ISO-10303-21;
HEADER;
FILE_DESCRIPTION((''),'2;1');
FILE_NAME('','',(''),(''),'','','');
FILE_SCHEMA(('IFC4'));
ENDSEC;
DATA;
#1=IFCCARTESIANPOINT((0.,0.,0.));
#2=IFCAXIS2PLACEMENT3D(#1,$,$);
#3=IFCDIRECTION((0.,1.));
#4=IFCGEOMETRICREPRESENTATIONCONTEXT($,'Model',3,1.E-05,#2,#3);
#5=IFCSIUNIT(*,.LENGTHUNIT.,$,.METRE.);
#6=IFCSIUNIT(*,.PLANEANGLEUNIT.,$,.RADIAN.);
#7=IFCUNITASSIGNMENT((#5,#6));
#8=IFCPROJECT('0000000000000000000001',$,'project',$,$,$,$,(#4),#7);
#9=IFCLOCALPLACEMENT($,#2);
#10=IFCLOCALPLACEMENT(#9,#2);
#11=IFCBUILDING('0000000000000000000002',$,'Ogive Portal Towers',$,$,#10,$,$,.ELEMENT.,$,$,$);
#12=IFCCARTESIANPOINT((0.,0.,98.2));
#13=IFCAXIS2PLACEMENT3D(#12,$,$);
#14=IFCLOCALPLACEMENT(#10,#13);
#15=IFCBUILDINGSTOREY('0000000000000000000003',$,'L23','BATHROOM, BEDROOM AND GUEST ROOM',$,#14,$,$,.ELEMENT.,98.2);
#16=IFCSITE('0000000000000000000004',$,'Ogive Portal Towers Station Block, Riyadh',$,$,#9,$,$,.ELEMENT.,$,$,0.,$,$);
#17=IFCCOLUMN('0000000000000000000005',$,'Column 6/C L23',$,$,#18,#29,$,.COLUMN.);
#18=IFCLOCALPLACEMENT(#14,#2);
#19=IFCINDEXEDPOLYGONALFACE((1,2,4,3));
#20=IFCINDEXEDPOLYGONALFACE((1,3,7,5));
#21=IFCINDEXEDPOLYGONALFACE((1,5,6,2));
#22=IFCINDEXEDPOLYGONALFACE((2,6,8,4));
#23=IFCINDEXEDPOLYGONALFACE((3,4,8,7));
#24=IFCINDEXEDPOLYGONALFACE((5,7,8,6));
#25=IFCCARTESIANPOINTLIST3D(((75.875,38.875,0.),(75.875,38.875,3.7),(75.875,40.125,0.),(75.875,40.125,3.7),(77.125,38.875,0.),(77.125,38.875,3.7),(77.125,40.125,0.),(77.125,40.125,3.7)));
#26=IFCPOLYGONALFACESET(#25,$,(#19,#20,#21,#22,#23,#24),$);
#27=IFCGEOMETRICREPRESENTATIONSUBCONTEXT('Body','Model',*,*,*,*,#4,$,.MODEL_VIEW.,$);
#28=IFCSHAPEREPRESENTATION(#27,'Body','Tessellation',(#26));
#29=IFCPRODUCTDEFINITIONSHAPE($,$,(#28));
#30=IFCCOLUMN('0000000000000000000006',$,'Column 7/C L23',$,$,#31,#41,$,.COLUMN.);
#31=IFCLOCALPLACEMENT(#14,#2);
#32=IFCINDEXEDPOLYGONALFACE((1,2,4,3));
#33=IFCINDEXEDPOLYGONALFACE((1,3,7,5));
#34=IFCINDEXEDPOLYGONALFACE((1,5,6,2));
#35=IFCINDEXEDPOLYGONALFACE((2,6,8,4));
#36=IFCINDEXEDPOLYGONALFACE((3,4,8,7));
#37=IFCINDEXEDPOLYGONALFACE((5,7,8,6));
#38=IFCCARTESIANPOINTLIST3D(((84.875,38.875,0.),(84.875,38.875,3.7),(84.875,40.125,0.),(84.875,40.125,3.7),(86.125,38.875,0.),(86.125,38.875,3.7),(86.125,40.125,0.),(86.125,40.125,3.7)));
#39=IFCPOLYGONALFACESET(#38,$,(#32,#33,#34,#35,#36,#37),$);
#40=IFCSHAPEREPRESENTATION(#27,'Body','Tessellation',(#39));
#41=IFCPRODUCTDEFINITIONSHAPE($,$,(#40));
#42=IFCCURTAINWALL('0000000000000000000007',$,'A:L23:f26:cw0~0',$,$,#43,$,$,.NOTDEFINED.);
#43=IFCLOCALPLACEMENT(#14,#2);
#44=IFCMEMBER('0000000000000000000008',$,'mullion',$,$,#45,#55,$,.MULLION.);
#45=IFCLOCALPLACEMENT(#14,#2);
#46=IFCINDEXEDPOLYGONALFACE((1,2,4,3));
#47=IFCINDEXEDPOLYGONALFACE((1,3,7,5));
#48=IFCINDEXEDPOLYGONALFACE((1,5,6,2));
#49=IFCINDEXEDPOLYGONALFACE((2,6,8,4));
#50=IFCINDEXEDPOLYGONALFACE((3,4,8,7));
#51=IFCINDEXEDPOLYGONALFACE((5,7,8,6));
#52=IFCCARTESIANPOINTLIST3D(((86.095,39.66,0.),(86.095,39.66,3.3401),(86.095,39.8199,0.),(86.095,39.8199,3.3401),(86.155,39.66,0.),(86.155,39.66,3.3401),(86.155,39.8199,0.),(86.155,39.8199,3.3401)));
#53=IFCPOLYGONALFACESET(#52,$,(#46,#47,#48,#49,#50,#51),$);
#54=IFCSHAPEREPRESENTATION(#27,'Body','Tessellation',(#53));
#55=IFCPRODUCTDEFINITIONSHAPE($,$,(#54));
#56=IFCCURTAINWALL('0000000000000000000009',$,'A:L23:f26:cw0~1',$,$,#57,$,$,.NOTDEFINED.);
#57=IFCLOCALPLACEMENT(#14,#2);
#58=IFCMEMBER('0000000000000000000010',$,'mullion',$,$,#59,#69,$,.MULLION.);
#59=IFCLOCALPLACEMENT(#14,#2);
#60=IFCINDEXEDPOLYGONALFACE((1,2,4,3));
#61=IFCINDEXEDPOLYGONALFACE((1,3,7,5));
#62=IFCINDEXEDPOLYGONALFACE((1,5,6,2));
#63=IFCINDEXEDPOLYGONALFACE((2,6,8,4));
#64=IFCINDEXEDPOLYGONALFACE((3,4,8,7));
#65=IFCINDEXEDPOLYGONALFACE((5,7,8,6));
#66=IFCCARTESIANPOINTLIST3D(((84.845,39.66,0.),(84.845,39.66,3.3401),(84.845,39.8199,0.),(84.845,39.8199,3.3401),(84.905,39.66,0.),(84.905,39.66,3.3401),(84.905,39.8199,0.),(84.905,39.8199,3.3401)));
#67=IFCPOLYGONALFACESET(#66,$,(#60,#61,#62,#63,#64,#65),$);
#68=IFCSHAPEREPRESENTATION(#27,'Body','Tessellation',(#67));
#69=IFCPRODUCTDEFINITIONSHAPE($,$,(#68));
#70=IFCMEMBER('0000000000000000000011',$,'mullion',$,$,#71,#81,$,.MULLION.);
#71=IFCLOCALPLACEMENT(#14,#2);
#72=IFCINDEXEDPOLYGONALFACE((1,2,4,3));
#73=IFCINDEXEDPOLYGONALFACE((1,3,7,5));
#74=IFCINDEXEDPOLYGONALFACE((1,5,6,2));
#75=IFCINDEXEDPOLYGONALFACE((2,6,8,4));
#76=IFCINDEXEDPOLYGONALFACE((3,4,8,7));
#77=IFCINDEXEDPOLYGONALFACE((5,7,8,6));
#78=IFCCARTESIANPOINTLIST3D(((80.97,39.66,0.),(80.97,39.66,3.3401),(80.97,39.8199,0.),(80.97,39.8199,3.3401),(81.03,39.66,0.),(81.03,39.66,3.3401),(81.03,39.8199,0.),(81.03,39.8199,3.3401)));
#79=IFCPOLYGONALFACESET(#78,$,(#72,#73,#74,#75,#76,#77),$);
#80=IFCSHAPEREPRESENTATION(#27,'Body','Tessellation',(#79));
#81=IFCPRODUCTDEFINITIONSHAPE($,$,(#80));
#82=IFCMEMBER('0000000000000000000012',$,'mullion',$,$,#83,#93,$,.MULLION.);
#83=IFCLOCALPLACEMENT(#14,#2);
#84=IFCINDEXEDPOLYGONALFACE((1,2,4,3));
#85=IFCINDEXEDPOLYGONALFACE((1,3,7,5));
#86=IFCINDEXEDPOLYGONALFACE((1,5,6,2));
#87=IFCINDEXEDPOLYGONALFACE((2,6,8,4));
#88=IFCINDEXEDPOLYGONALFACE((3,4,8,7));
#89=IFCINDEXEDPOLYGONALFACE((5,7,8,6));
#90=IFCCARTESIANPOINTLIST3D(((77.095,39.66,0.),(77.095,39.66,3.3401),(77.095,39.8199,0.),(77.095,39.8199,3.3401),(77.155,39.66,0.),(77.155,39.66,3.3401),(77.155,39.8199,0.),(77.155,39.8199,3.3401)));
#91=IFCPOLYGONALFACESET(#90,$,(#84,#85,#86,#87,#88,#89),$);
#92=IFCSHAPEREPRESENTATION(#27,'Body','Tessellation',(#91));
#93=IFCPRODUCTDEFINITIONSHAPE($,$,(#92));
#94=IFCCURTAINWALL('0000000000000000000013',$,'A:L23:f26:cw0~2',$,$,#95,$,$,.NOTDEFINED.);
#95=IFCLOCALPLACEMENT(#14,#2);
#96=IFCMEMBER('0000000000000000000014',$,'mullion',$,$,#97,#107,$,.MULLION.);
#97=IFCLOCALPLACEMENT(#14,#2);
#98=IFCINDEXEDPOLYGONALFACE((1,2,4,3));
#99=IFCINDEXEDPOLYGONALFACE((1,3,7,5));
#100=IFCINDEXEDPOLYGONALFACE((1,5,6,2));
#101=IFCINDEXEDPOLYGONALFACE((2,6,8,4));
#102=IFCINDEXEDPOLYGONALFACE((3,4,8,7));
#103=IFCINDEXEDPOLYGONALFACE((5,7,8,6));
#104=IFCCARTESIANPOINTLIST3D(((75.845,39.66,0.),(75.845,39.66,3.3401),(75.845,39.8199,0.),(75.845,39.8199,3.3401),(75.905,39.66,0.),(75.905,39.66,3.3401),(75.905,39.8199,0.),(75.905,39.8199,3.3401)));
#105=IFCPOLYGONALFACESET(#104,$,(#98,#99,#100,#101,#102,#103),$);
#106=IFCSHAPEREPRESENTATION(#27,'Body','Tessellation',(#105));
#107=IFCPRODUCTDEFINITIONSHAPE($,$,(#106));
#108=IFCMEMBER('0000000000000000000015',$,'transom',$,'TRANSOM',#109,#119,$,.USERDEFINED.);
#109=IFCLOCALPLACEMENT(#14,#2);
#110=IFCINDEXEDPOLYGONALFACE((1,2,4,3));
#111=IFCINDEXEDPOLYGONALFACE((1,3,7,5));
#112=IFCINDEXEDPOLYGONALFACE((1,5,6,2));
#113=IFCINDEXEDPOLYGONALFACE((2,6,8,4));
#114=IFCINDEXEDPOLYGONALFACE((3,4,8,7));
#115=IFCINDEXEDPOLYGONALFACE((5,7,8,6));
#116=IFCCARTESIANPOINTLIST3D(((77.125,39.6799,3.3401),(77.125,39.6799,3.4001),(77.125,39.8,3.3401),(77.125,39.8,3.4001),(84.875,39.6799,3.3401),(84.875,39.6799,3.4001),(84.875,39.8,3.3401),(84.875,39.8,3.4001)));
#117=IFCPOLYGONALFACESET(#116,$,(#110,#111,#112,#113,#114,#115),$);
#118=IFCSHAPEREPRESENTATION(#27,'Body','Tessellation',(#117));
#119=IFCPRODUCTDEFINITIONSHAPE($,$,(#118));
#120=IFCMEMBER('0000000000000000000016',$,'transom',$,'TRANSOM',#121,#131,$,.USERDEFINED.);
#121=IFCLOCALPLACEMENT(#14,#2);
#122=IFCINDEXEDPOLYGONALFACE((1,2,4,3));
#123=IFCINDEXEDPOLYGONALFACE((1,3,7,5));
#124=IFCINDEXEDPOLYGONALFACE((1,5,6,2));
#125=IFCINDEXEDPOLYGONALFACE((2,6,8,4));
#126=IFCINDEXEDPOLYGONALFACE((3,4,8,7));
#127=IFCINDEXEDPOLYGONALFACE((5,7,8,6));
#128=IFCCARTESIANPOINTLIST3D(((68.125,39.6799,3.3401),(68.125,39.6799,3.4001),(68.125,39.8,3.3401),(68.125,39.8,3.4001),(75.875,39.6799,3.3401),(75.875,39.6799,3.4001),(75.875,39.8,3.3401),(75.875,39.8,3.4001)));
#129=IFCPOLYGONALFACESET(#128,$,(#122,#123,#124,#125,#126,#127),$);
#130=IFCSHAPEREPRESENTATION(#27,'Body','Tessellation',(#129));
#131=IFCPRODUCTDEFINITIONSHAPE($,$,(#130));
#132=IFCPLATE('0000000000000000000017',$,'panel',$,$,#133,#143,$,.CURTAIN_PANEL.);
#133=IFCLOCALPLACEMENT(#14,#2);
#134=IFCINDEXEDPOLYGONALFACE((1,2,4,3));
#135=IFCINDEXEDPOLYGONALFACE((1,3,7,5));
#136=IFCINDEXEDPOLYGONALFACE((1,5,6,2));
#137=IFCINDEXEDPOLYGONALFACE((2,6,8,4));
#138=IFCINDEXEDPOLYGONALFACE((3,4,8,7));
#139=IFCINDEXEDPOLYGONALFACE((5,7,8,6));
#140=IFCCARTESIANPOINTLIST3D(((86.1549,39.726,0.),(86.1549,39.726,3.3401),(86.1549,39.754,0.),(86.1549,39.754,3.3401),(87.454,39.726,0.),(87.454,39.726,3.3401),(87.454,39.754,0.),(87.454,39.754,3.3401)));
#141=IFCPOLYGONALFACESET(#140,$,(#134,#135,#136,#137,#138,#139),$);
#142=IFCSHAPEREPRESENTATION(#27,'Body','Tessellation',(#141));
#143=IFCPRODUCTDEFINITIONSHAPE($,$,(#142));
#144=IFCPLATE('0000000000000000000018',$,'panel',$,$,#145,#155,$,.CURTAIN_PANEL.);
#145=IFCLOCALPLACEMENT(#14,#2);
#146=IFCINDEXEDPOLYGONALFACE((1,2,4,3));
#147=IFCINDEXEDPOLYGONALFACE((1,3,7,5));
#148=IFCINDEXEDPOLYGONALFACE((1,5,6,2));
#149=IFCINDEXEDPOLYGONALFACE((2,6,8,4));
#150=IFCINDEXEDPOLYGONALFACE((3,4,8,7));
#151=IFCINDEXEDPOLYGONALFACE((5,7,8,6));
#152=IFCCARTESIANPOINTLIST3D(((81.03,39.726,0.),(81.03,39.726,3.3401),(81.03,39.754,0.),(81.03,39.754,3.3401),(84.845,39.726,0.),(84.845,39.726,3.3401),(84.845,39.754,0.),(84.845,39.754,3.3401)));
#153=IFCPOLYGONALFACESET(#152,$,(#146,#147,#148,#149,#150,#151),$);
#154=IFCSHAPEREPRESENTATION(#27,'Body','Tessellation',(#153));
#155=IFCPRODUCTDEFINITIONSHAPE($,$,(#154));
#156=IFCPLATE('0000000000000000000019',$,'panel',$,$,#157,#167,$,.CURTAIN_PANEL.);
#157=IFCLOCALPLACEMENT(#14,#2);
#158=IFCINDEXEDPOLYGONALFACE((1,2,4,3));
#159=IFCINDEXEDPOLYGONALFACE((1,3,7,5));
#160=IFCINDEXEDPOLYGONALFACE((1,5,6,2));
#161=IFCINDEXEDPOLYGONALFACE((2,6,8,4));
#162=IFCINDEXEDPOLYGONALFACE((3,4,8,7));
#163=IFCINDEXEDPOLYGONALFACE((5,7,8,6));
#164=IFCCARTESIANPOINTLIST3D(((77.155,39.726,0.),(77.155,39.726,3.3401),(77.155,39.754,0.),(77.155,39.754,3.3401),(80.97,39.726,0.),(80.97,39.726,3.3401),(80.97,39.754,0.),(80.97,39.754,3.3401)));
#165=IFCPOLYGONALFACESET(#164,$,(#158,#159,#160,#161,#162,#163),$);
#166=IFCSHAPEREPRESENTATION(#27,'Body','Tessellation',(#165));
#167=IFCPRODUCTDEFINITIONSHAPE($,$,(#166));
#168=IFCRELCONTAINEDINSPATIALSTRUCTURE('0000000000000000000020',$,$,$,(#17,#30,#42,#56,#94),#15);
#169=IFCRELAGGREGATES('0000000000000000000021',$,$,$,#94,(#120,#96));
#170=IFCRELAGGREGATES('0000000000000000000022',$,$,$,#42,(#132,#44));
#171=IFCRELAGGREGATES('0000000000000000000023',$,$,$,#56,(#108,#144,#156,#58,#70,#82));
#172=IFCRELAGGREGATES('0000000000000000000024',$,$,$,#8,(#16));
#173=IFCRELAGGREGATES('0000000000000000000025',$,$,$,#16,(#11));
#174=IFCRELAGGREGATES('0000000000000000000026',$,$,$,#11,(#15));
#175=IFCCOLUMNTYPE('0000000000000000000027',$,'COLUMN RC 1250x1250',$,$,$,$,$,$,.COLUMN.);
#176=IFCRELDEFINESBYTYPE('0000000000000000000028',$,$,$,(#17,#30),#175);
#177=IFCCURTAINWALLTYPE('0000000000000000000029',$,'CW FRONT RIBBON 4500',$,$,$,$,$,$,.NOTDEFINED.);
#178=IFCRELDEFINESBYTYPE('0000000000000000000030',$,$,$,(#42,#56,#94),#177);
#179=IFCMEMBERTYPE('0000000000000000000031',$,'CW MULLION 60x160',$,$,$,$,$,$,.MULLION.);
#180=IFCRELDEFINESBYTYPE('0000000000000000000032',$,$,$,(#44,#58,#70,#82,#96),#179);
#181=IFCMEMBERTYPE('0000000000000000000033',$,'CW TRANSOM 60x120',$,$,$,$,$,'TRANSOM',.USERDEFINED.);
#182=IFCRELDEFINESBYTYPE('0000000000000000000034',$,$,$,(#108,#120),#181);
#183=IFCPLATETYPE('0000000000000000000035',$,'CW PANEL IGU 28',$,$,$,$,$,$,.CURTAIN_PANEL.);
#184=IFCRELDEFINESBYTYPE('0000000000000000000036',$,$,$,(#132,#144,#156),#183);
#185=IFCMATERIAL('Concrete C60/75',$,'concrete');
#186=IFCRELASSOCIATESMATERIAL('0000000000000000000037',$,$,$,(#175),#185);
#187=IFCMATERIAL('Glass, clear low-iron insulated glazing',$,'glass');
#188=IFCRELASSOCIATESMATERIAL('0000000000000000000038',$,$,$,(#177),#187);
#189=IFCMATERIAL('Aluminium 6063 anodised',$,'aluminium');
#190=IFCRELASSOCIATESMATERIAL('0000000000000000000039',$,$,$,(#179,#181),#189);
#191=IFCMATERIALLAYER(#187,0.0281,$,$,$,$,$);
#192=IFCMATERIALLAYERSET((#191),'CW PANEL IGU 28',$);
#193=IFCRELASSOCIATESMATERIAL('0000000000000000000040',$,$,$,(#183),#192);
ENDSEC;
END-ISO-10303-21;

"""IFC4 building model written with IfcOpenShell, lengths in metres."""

from ifc_helpers import new_model, si_unit, direction, frame, origin, origin_2d, place, context, subcontext, project, spatial, rectangle, extrude, material, layer, layer_set, material_profile, profile_set, type_object, element, aggregate, save


model = new_model("IFC4")

# Units and contexts
model_context = context("Model", 3, precision=1e-05, world=origin(), true_north=direction((0.0, 1.0)))
body_context = subcontext(model_context, "Body", "Model", "MODEL_VIEW")
ifc_project = project(units=[si_unit("LENGTHUNIT", "METRE"), si_unit("PLANEANGLEUNIT", "RADIAN")], contexts=[model_context])

# Site, building, storey
site_placement = place(None, origin())
site = spatial("IfcSite", under=ifc_project, at=site_placement, Name="Ogive Portal Towers Station Block, Riyadh", CompositionType="ELEMENT", RefElevation=0.0)
building_placement = place(site_placement, origin())
building = spatial("IfcBuilding", under=site, at=building_placement, Name="Ogive Portal Towers", CompositionType="ELEMENT")
storey_placement = place(building_placement, frame((0.0, 0.0, 98.2)))
storey = spatial("IfcBuildingStorey", under=building, at=storey_placement, Name="L23", Description="BATHROOM, BEDROOM AND GUEST ROOM", CompositionType="ELEMENT", Elevation=98.2)

# Columns
ifc_material_1 = material(Name="Concrete C60/75", Category="concrete")
ifc_material_profile_1 = material_profile(ifc_material_1, rectangle(XDim=1.25, YDim=1.25, at=origin_2d()), Name="RC 1250x1250")
ifc_profile_set_1 = profile_set([ifc_material_profile_1], Name="Concrete C60/75")
column_type = type_object("IfcColumnType", Name="COLUMN RC 1250x1250", PredefinedType="COLUMN", material=ifc_profile_set_1)
for number, where, z_axis, x_axis, name in (
    (1, (76.5, 39.5, 0.0), (0.0, 0.0, 1.0), (1.0, 0.0, 0.0), "Column 6/C L23"),
    (2, (85.5, 39.5, 0.0), (0.0, 0.0, 1.0), (1.0, 0.0, 0.0), "Column 7/C L23"),
):
    element("IfcColumn", number, at=place(storey_placement, frame(where, z_axis=z_axis, x_axis=x_axis)), inside=storey, type_object=column_type, Name=name, PredefinedType="COLUMN", context=body_context, shape_type="SweptSolid", body=[
        extrude(rectangle(XDim=1.25, YDim=1.25, at=origin_2d()), origin(), (0.0, 0.0, 1.0), 3.7),
    ])

# Curtain wall, member
ifc_material_2 = material(Name="Glass, clear low-iron insulated glazing", Category="glass")
curtain_wall_type = type_object("IfcCurtainWallType", Name="CW FRONT RIBBON 4500", PredefinedType="NOTDEFINED", material=ifc_material_2)
curtain_wall_1_placement = place(storey_placement, origin())
curtain_wall_1 = element("IfcCurtainWall", 3, at=curtain_wall_1_placement, inside=storey, type_object=curtain_wall_type, Name="A:L23:f26:cw0~0", PredefinedType="NOTDEFINED")
ifc_material_3 = material(Name="Aluminium 6063 anodised", Category="aluminium")
ifc_material_profile_2 = material_profile(ifc_material_3, rectangle(XDim=0.1599, YDim=0.0601, at=origin_2d()), Name="AL 60x160")
ifc_profile_set_2 = profile_set([ifc_material_profile_2], Name="Aluminium 6063 anodised")
member_type_1 = type_object("IfcMemberType", Name="CW MULLION 60x160", PredefinedType="MULLION", material=ifc_profile_set_2)
member_1_placement = place(storey_placement, frame((86.125, 39.74, 0.0), z_axis=(0.0, 0.0, 1.0), x_axis=(0.0, -1.0, 0.0)))
member_1 = element("IfcMember", 4, at=member_1_placement, type_object=member_type_1, Name="mullion", PredefinedType="MULLION", context=body_context, shape_type="SweptSolid", body=[
    extrude(rectangle(XDim=0.1599, YDim=0.0601, at=origin_2d()), origin(), (0.0, 0.0, 1.0), 3.3401),
])

# Curtain wall, members
curtain_wall_2_placement = place(storey_placement, origin())
curtain_wall_2 = element("IfcCurtainWall", 5, at=curtain_wall_2_placement, inside=storey, type_object=curtain_wall_type, Name="A:L23:f26:cw0~1", PredefinedType="NOTDEFINED")
member_2_placement = place(storey_placement, frame((84.875, 39.74, 0.0), z_axis=(0.0, 0.0, 1.0), x_axis=(0.0, -1.0, 0.0)))
member_2 = element("IfcMember", 6, at=member_2_placement, type_object=member_type_1, Name="mullion", PredefinedType="MULLION", context=body_context, shape_type="SweptSolid", body=[
    extrude(rectangle(XDim=0.1599, YDim=0.0601, at=origin_2d()), origin(), (0.0, 0.0, 1.0), 3.3401),
])
member_3_placement = place(storey_placement, frame((81.0, 39.74, 0.0), z_axis=(0.0, 0.0, 1.0), x_axis=(0.0, -1.0, 0.0)))
member_3 = element("IfcMember", 7, at=member_3_placement, type_object=member_type_1, Name="mullion", PredefinedType="MULLION", context=body_context, shape_type="SweptSolid", body=[
    extrude(rectangle(XDim=0.1599, YDim=0.0601, at=origin_2d()), origin(), (0.0, 0.0, 1.0), 3.3401),
])
member_4_placement = place(storey_placement, frame((77.125, 39.74, 0.0), z_axis=(0.0, 0.0, 1.0), x_axis=(0.0, -1.0, 0.0)))
member_4 = element("IfcMember", 8, at=member_4_placement, type_object=member_type_1, Name="mullion", PredefinedType="MULLION", context=body_context, shape_type="SweptSolid", body=[
    extrude(rectangle(XDim=0.1599, YDim=0.0601, at=origin_2d()), origin(), (0.0, 0.0, 1.0), 3.3401),
])

# Curtain wall, member
curtain_wall_3_placement = place(storey_placement, origin())
curtain_wall_3 = element("IfcCurtainWall", 9, at=curtain_wall_3_placement, inside=storey, type_object=curtain_wall_type, Name="A:L23:f26:cw0~2", PredefinedType="NOTDEFINED")
member_5_placement = place(storey_placement, frame((75.875, 39.74, 0.0), z_axis=(0.0, 0.0, 1.0), x_axis=(0.0, -1.0, 0.0)))
member_5 = element("IfcMember", 10, at=member_5_placement, type_object=member_type_1, Name="mullion", PredefinedType="MULLION", context=body_context, shape_type="SweptSolid", body=[
    extrude(rectangle(XDim=0.1599, YDim=0.0601, at=origin_2d()), origin(), (0.0, 0.0, 1.0), 3.3401),
])

# Members
ifc_material_profile_3 = material_profile(ifc_material_3, rectangle(XDim=0.1201, YDim=0.0601, at=origin_2d()), Name="AL 120x60")
ifc_profile_set_3 = profile_set([ifc_material_profile_3], Name="Aluminium 6063 anodised")
member_type_2 = type_object("IfcMemberType", Name="CW TRANSOM 60x120", ElementType="TRANSOM", PredefinedType="USERDEFINED", material=ifc_profile_set_3)
member_6_placement = place(storey_placement, frame((84.875, 39.74, 3.3701), z_axis=(-1.0, 0.0, 0.0), x_axis=(0.0, -1.0, 0.0)))
member_6 = element("IfcMember", 11, at=member_6_placement, type_object=member_type_2, Name="transom", ObjectType="TRANSOM", PredefinedType="USERDEFINED", context=body_context, shape_type="SweptSolid", body=[
    extrude(rectangle(XDim=0.1201, YDim=0.0601, at=origin_2d()), origin(), (0.0, 0.0, 1.0), 7.75),
])
member_7_placement = place(storey_placement, frame((75.875, 39.74, 3.3701), z_axis=(-1.0, 0.0, 0.0), x_axis=(0.0, -1.0, 0.0)))
member_7 = element("IfcMember", 12, at=member_7_placement, type_object=member_type_2, Name="transom", ObjectType="TRANSOM", PredefinedType="USERDEFINED", context=body_context, shape_type="SweptSolid", body=[
    extrude(rectangle(XDim=0.1201, YDim=0.0601, at=origin_2d()), origin(), (0.0, 0.0, 1.0), 7.75),
])
aggregate(curtain_wall_3, [member_7, member_5])

# Plates
ifc_layer_1 = layer(ifc_material_2, 0.0281)
ifc_layer_set_1 = layer_set([ifc_layer_1], Name="CW PANEL IGU 28")
plate_type = type_object("IfcPlateType", Name="CW PANEL IGU 28", PredefinedType="CURTAIN_PANEL", material=ifc_layer_set_1)
plate_1_placement = place(storey_placement, frame((86.8044, 39.74, 0.0), z_axis=(0.0, 0.0, 1.0), x_axis=(-1.0, 0.0, 0.0)))
plate_1 = element("IfcPlate", 13, at=plate_1_placement, type_object=plate_type, Name="panel", PredefinedType="CURTAIN_PANEL", context=body_context, shape_type="SweptSolid", body=[
    extrude(rectangle(XDim=1.2991, YDim=0.0281, at=origin_2d()), origin(), (0.0, 0.0, 1.0), 3.3401),
])
aggregate(curtain_wall_1, [plate_1, member_1])
plate_2_placement = place(storey_placement, frame((82.9375, 39.74, 0.0), z_axis=(0.0, 0.0, 1.0), x_axis=(-1.0, 0.0, 0.0)))
plate_2 = element("IfcPlate", 14, at=plate_2_placement, type_object=plate_type, Name="panel", PredefinedType="CURTAIN_PANEL", context=body_context, shape_type="SweptSolid", body=[
    extrude(rectangle(XDim=3.8149, YDim=0.0281, at=origin_2d()), origin(), (0.0, 0.0, 1.0), 3.3401),
])
plate_3_placement = place(storey_placement, frame((79.0625, 39.74, 0.0), z_axis=(0.0, 0.0, 1.0), x_axis=(-1.0, 0.0, 0.0)))
plate_3 = element("IfcPlate", 15, at=plate_3_placement, type_object=plate_type, Name="panel", PredefinedType="CURTAIN_PANEL", context=body_context, shape_type="SweptSolid", body=[
    extrude(rectangle(XDim=3.8149, YDim=0.0281, at=origin_2d()), origin(), (0.0, 0.0, 1.0), 3.3401),
])
aggregate(curtain_wall_2, [member_6, plate_2, plate_3, member_2, member_3, member_4])

save(model, "model.ifc")
